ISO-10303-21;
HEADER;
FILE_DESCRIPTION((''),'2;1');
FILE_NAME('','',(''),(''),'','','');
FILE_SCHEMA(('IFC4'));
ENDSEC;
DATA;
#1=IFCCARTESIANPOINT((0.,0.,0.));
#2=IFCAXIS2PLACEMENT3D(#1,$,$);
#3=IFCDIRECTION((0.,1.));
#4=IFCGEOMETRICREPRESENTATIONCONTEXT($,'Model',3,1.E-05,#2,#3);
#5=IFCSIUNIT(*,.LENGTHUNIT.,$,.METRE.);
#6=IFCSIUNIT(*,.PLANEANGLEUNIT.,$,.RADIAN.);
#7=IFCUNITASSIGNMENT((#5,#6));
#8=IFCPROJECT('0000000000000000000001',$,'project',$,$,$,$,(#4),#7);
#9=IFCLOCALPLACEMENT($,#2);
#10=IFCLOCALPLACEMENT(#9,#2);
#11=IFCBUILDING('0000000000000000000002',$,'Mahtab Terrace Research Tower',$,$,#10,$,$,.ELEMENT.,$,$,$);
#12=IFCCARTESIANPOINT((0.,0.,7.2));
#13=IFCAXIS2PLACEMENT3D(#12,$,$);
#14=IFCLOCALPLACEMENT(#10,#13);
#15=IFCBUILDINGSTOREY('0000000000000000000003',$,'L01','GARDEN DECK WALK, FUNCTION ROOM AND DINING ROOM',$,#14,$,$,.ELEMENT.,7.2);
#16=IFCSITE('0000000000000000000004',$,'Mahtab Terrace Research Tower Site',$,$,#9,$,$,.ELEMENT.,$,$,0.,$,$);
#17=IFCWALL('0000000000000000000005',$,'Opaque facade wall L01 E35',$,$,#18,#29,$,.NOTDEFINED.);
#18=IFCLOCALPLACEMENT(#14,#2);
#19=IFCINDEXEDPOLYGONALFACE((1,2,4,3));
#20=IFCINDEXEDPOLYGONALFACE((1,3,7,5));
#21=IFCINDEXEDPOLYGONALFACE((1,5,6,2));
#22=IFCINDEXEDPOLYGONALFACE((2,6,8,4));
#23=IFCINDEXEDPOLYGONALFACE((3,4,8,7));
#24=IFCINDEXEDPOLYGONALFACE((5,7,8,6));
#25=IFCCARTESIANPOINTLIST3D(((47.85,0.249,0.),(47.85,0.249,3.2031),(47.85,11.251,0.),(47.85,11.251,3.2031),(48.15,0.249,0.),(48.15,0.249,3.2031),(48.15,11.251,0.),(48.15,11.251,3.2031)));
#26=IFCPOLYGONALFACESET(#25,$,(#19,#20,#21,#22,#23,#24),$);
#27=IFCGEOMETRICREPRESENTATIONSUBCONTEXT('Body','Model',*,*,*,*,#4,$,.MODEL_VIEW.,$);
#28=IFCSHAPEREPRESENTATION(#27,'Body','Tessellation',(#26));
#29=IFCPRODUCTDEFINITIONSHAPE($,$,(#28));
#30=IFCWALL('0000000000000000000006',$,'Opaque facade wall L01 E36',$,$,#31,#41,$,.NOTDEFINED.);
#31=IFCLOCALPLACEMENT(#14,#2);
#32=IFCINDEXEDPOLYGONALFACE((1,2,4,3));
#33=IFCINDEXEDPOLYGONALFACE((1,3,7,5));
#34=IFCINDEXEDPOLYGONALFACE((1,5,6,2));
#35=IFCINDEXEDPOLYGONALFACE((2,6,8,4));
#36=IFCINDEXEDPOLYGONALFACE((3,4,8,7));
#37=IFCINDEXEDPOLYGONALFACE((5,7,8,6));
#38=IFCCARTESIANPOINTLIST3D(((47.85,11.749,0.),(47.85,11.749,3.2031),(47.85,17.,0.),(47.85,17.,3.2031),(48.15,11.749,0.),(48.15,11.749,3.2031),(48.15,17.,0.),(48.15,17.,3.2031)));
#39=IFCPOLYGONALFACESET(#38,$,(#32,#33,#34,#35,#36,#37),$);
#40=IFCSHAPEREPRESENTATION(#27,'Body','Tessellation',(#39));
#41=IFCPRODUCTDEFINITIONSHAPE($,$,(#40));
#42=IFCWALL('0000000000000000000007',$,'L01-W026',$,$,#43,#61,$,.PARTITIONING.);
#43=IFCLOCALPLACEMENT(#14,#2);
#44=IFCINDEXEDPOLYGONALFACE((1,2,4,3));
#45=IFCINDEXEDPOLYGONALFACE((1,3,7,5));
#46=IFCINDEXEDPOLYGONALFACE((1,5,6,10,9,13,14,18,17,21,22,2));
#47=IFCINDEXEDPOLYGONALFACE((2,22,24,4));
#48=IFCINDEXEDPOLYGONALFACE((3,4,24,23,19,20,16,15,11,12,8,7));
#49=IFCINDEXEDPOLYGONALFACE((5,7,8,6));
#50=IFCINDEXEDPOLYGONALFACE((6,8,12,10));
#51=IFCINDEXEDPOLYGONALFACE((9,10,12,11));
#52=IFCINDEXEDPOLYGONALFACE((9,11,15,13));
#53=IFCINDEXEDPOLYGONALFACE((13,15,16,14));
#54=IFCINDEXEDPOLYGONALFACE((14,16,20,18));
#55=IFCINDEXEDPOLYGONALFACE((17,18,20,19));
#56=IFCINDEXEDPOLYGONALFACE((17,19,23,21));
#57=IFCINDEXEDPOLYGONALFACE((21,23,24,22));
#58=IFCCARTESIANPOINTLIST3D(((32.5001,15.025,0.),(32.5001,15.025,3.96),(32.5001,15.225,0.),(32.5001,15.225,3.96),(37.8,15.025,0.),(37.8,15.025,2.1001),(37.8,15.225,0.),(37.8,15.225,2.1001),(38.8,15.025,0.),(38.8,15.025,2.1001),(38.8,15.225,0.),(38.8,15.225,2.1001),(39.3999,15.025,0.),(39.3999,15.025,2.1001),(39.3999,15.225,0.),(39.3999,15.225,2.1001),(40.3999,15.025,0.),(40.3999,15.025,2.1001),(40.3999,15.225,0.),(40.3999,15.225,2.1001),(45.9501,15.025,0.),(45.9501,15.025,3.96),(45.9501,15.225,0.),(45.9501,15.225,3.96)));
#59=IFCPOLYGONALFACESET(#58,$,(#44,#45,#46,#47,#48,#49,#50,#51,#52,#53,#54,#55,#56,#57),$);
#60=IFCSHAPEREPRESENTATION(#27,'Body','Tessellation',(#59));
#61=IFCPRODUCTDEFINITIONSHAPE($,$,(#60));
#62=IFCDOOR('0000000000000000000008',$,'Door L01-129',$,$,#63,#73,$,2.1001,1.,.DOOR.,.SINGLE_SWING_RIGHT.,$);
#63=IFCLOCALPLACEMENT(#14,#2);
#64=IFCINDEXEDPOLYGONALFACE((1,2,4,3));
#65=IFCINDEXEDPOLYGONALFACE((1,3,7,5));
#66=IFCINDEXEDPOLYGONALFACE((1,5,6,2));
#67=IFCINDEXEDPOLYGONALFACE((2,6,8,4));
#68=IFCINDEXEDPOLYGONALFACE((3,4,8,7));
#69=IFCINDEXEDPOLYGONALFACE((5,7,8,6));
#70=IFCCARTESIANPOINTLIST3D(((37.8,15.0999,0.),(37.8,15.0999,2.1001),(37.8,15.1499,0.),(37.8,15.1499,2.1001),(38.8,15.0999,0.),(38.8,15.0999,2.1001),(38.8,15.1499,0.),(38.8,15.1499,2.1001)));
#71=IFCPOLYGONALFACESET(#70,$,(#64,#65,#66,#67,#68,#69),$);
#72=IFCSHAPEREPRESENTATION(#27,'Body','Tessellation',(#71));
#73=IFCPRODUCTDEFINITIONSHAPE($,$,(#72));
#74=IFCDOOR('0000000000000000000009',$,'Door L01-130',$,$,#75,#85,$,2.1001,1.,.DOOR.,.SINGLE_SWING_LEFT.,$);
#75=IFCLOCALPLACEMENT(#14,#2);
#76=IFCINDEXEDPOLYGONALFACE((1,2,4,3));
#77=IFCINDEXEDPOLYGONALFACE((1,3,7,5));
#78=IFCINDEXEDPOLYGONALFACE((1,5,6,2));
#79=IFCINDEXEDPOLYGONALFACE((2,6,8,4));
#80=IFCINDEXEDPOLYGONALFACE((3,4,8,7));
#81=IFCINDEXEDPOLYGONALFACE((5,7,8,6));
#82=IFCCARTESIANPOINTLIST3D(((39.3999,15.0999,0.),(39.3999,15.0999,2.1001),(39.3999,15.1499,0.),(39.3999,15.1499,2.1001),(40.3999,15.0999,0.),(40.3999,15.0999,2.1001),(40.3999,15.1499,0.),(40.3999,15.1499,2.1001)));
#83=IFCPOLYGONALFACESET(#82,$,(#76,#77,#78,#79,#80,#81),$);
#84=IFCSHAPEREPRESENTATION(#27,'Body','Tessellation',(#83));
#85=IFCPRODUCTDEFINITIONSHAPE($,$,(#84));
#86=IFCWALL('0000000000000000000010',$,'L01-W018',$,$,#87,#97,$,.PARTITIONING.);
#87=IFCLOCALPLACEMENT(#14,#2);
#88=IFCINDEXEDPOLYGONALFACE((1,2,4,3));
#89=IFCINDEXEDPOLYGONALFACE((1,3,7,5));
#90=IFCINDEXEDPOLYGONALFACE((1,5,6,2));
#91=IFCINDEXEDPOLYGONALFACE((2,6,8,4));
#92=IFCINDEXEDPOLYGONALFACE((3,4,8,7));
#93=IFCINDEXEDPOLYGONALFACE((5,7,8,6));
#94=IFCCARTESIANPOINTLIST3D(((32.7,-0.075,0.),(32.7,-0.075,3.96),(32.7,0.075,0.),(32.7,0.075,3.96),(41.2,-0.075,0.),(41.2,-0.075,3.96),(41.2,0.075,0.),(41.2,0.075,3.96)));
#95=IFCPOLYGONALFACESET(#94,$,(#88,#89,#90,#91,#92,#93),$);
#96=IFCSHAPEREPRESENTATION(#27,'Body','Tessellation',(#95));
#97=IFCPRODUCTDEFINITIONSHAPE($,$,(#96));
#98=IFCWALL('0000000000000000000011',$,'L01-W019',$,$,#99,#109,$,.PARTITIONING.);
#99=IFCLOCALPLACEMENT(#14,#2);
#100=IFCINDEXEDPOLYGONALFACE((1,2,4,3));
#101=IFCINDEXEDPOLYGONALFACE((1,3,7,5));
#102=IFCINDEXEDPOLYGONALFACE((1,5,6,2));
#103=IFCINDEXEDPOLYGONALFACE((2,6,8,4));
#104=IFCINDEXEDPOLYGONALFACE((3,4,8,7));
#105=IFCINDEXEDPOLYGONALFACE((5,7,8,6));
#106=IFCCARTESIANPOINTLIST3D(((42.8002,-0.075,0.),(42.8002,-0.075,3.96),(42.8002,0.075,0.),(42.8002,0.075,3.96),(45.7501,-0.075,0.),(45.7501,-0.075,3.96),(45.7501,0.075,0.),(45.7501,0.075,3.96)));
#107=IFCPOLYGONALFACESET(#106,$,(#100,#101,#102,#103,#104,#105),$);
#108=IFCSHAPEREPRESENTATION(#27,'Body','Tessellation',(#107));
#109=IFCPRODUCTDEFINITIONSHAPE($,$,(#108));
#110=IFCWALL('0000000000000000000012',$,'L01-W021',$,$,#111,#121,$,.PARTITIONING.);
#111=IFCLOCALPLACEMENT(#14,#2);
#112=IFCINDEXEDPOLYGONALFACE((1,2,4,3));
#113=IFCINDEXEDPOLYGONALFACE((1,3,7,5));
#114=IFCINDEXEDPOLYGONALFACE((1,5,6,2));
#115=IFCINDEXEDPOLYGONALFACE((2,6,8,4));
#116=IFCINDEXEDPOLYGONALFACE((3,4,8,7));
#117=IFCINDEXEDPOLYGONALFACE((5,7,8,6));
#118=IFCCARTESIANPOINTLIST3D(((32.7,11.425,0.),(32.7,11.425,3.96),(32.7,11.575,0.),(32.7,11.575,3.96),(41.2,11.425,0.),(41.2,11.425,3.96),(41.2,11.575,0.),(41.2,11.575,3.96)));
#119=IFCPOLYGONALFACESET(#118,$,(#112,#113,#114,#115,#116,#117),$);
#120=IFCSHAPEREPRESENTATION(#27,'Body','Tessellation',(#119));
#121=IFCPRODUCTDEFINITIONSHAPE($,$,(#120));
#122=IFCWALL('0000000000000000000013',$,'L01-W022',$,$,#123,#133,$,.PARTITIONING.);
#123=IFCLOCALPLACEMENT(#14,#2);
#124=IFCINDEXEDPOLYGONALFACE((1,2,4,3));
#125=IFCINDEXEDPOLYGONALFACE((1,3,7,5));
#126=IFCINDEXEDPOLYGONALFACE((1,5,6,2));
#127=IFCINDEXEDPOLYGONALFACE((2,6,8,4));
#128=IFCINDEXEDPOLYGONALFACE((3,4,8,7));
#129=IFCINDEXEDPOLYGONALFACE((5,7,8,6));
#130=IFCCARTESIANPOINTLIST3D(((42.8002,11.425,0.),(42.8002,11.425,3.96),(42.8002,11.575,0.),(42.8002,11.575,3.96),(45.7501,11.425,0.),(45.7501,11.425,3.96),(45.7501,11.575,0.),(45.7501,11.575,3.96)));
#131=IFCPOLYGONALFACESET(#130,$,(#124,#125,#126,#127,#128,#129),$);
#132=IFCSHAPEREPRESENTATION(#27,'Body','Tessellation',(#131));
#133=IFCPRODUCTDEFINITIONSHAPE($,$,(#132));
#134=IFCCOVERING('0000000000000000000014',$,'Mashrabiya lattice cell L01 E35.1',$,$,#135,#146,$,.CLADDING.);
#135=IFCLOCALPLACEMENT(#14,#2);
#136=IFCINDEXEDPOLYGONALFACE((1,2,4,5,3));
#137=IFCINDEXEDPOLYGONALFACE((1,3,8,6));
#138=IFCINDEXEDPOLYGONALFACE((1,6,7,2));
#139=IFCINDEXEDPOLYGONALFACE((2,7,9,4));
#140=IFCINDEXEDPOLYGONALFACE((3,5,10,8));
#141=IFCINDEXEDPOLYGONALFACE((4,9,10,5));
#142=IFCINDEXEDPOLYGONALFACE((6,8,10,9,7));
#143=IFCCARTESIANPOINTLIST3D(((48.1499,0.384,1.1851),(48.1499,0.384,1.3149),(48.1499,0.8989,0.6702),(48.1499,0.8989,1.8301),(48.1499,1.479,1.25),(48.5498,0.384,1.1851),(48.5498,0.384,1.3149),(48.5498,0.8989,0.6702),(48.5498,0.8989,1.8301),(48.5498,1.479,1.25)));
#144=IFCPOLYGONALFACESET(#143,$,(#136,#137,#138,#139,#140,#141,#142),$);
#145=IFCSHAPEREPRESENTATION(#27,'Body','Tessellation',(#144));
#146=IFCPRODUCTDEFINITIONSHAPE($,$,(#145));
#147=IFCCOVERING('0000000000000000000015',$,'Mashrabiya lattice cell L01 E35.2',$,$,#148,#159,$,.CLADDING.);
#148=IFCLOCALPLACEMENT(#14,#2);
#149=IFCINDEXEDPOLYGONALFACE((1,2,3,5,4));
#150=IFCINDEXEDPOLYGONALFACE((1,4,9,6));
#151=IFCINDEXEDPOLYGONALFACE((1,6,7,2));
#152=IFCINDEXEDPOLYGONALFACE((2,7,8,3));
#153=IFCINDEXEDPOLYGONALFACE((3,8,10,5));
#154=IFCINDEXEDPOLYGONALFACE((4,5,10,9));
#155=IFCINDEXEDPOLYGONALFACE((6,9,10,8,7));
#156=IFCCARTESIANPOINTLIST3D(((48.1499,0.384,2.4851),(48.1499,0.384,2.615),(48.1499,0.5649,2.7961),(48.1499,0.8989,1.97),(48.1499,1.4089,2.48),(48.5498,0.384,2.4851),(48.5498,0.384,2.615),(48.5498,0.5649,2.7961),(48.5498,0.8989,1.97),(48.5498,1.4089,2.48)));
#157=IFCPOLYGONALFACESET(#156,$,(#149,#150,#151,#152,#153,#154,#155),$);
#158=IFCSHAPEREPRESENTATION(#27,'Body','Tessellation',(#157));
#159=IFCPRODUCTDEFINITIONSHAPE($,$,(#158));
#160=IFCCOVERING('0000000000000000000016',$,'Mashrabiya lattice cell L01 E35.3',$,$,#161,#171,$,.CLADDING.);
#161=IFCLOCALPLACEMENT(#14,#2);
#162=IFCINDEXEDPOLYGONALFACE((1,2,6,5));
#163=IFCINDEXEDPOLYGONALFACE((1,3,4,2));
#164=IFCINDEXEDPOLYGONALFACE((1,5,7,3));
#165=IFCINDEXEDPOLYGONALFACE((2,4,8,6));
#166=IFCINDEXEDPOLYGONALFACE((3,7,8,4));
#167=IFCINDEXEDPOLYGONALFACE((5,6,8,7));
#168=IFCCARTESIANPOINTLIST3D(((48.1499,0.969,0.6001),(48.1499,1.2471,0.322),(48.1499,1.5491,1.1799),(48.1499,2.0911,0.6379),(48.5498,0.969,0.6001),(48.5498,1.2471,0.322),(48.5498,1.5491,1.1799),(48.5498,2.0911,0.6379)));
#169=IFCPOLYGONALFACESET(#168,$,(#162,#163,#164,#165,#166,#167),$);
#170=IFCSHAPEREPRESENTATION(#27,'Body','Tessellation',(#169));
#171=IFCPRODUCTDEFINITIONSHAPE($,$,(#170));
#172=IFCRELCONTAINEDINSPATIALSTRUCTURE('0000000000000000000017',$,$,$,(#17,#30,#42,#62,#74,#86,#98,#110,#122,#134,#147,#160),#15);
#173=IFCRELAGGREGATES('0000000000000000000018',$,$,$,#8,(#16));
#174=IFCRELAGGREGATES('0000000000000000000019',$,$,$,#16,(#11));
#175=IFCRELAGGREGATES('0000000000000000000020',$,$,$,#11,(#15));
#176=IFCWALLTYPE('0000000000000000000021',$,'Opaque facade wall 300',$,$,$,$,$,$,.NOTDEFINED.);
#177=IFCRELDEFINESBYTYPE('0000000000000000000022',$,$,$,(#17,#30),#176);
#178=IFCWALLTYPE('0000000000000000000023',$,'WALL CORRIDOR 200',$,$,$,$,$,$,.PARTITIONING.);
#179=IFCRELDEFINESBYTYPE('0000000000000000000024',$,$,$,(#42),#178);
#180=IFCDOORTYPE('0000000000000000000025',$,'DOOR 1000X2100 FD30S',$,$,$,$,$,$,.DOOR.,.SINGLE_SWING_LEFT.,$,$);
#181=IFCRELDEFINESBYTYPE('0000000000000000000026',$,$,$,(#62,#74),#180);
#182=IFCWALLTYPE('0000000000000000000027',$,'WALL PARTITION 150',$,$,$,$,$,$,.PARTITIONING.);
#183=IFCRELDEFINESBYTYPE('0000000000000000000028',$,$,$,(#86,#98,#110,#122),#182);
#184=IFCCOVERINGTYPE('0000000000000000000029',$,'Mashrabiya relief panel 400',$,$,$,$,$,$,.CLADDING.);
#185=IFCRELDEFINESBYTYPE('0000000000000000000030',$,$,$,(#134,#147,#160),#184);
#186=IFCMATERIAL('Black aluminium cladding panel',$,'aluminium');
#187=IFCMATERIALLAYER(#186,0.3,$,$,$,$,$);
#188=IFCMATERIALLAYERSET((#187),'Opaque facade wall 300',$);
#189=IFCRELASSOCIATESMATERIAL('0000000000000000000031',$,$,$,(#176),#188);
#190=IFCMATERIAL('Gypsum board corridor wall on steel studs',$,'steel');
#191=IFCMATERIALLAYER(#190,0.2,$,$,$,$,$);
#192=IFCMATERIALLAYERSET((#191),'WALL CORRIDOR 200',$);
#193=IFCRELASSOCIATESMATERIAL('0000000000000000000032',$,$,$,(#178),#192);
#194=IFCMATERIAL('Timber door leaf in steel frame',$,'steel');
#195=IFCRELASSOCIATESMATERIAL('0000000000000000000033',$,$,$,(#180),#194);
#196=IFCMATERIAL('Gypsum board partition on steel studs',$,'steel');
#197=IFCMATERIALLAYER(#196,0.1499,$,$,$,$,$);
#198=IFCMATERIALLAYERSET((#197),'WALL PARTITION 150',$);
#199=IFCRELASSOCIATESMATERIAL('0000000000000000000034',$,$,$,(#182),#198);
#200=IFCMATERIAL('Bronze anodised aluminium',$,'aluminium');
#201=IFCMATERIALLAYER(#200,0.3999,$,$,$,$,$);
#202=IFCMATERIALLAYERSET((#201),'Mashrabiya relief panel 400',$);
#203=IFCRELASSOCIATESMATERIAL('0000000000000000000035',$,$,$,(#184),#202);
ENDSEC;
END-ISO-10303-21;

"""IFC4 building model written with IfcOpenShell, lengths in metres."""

from ifc_helpers import new_model, si_unit, direction, frame, frame_2d, origin, place, context, subcontext, project, spatial, polyline, rectangle, outline, extrude, material, layer, layer_set, type_object, element, fill, save


model = new_model("IFC4")

# Units and contexts
model_context = context("Model", 3, precision=1e-05, world=origin(), true_north=direction((0.0, 1.0)))
body_context = subcontext(model_context, "Body", "Model", "MODEL_VIEW")
ifc_project = project(units=[si_unit("LENGTHUNIT", "METRE"), si_unit("PLANEANGLEUNIT", "RADIAN")], contexts=[model_context])

# Site, building, storey
site_placement = place(None, origin())
site = spatial("IfcSite", under=ifc_project, at=site_placement, Name="Mahtab Terrace Research Tower Site", CompositionType="ELEMENT", RefElevation=0.0)
building_placement = place(site_placement, origin())
building = spatial("IfcBuilding", under=site, at=building_placement, Name="Mahtab Terrace Research Tower", CompositionType="ELEMENT")
storey_placement = place(building_placement, frame((0.0, 0.0, 7.2)))
storey = spatial("IfcBuildingStorey", under=building, at=storey_placement, Name="L01", Description="GARDEN DECK WALK, FUNCTION ROOM AND DINING ROOM", CompositionType="ELEMENT", Elevation=7.2)

# Walls
ifc_material_1 = material(Name="Black aluminium cladding panel", Category="aluminium")
ifc_layer_1 = layer(ifc_material_1, 0.3)
ifc_layer_set_1 = layer_set([ifc_layer_1], Name="Opaque facade wall 300")
wall_type_1 = type_object("IfcWallType", Name="Opaque facade wall 300", PredefinedType="NOTDEFINED", material=ifc_layer_set_1)
wall_1_placement = place(storey_placement, frame((48.0, 0.249, 0.0), z_axis=(0.0, 0.0, 1.0), x_axis=(0.0, 1.0, 0.0)))
element("IfcWall", 1, at=wall_1_placement, inside=storey, type_object=wall_type_1, Name="Opaque facade wall L01 E35", PredefinedType="NOTDEFINED", context=body_context, shape_type="SweptSolid", body=[
    extrude(rectangle(XDim=11.002, YDim=0.3, at=frame_2d((5.501, 0.0))), origin(), (0.0, 0.0, 1.0), 3.2031),
])
wall_2_placement = place(storey_placement, frame((48.0, 11.749, 0.0), z_axis=(0.0, 0.0, 1.0), x_axis=(0.0, 1.0, 0.0)))
element("IfcWall", 2, at=wall_2_placement, inside=storey, type_object=wall_type_1, Name="Opaque facade wall L01 E36", PredefinedType="NOTDEFINED", context=body_context, shape_type="SweptSolid", body=[
    extrude(rectangle(XDim=5.251, YDim=0.3, at=frame_2d((2.6255, 0.0))), origin(), (0.0, 0.0, 1.0), 3.2031),
])

# Wall, openings, doors
ifc_material_2 = material(Name="Gypsum board corridor wall on steel studs", Category="steel")
ifc_layer_2 = layer(ifc_material_2, 0.2)
ifc_layer_set_2 = layer_set([ifc_layer_2], Name="WALL CORRIDOR 200")
wall_type_2 = type_object("IfcWallType", Name="WALL CORRIDOR 200", PredefinedType="PARTITIONING", material=ifc_layer_set_2)
wall_3_placement = place(storey_placement, frame((32.5, 15.125, 0.0), z_axis=(0.0, 0.0, 1.0), x_axis=(1.0, 0.0, 0.0)))
wall_3 = element("IfcWall", 3, at=wall_3_placement, inside=storey, type_object=wall_type_2, Name="L01-W026", PredefinedType="PARTITIONING", context=body_context, shape_type="SweptSolid", body=[
    extrude(rectangle(XDim=13.45, YDim=0.2, at=frame_2d((6.7251, 0.0))), origin(), (0.0, 0.0, 1.0), 3.96),
])
opening_1_placement = place(wall_3_placement, frame((5.3, 0.0, 0.0)))
opening_1 = element("IfcOpeningElement", 4, at=opening_1_placement, cuts=wall_3, PredefinedType="OPENING", context=body_context, shape_type="SweptSolid", body=[
    extrude(rectangle(XDim=1.0, YDim=2.1001, at=frame_2d((0.5, 1.05))), frame((0.0, 0.1099, 0.0), z_axis=(0.0, -1.0, 0.0), x_axis=(1.0, 0.0, 0.0)), (0.0, 0.0, 1.0), 0.22),
])
opening_2_placement = place(wall_3_placement, frame((6.8999, 0.0, 0.0)))
opening_2 = element("IfcOpeningElement", 5, at=opening_2_placement, cuts=wall_3, PredefinedType="OPENING", context=body_context, shape_type="SweptSolid", body=[
    extrude(rectangle(XDim=1.0, YDim=2.1001, at=frame_2d((0.5, 1.05))), frame((0.0, 0.1099, 0.0), z_axis=(0.0, -1.0, 0.0), x_axis=(1.0, 0.0, 0.0)), (0.0, 0.0, 1.0), 0.22),
])
ifc_material_3 = material(Name="Timber door leaf in steel frame", Category="steel")
door_type = type_object("IfcDoorType", Name="DOOR 1000X2100 FD30S", OperationType="SINGLE_SWING_LEFT", PredefinedType="DOOR", material=ifc_material_3)
door_1_placement = place(opening_1_placement, origin())
door_1 = element("IfcDoor", 6, at=door_1_placement, inside=storey, type_object=door_type, Name="Door L01-129", OperationType="SINGLE_SWING_RIGHT", OverallHeight=2.1001, OverallWidth=1.0, PredefinedType="DOOR", context=body_context, shape_type="SweptSolid", body=[
    extrude(rectangle(XDim=1.0, YDim=2.1001, at=frame_2d((0.5, 1.05))), frame((0.0, 0.0249, 0.0), z_axis=(0.0, -1.0, 0.0), x_axis=(1.0, 0.0, 0.0)), (0.0, 0.0, 1.0), 0.05),
])
fill(opening_1, door_1)
door_2_placement = place(opening_2_placement, origin())
door_2 = element("IfcDoor", 7, at=door_2_placement, inside=storey, type_object=door_type, Name="Door L01-130", OperationType="SINGLE_SWING_LEFT", OverallHeight=2.1001, OverallWidth=1.0, PredefinedType="DOOR", context=body_context, shape_type="SweptSolid", body=[
    extrude(rectangle(XDim=1.0, YDim=2.1001, at=frame_2d((0.5, 1.05))), frame((0.0, 0.0249, 0.0), z_axis=(0.0, -1.0, 0.0), x_axis=(1.0, 0.0, 0.0)), (0.0, 0.0, 1.0), 0.05),
])
fill(opening_2, door_2)

# Walls
ifc_material_4 = material(Name="Gypsum board partition on steel studs", Category="steel")
ifc_layer_3 = layer(ifc_material_4, 0.1499)
ifc_layer_set_3 = layer_set([ifc_layer_3], Name="WALL PARTITION 150")
wall_type_3 = type_object("IfcWallType", Name="WALL PARTITION 150", PredefinedType="PARTITIONING", material=ifc_layer_set_3)
wall_4_placement = place(storey_placement, frame((32.7, 0.0, 0.0), z_axis=(0.0, 0.0, 1.0), x_axis=(1.0, 0.0, 0.0)))
element("IfcWall", 8, at=wall_4_placement, inside=storey, type_object=wall_type_3, Name="L01-W018", PredefinedType="PARTITIONING", context=body_context, shape_type="SweptSolid", body=[
    extrude(rectangle(XDim=8.5, YDim=0.1499, at=frame_2d((4.25, 0.0))), origin(), (0.0, 0.0, 1.0), 3.96),
])
wall_5_placement = place(storey_placement, frame((42.8, 0.0, 0.0), z_axis=(0.0, 0.0, 1.0), x_axis=(1.0, 0.0, 0.0)))
element("IfcWall", 9, at=wall_5_placement, inside=storey, type_object=wall_type_3, Name="L01-W019", PredefinedType="PARTITIONING", context=body_context, shape_type="SweptSolid", body=[
    extrude(rectangle(XDim=2.95, YDim=0.1499, at=frame_2d((1.4751, 0.0))), origin(), (0.0, 0.0, 1.0), 3.96),
])
wall_6_placement = place(storey_placement, frame((32.7, 11.5, 0.0), z_axis=(0.0, 0.0, 1.0), x_axis=(1.0, 0.0, 0.0)))
element("IfcWall", 10, at=wall_6_placement, inside=storey, type_object=wall_type_3, Name="L01-W021", PredefinedType="PARTITIONING", context=body_context, shape_type="SweptSolid", body=[
    extrude(rectangle(XDim=8.5, YDim=0.1499, at=frame_2d((4.25, 0.0))), origin(), (0.0, 0.0, 1.0), 3.96),
])
wall_7_placement = place(storey_placement, frame((42.8, 11.5, 0.0), z_axis=(0.0, 0.0, 1.0), x_axis=(1.0, 0.0, 0.0)))
element("IfcWall", 11, at=wall_7_placement, inside=storey, type_object=wall_type_3, Name="L01-W022", PredefinedType="PARTITIONING", context=body_context, shape_type="SweptSolid", body=[
    extrude(rectangle(XDim=2.95, YDim=0.1499, at=frame_2d((1.4751, 0.0))), origin(), (0.0, 0.0, 1.0), 3.96),
])

# Coverings
ifc_material_5 = material(Name="Bronze anodised aluminium", Category="aluminium")
ifc_layer_4 = layer(ifc_material_5, 0.3999)
ifc_layer_set_4 = layer_set([ifc_layer_4], Name="Mashrabiya relief panel 400")
covering_type = type_object("IfcCoveringType", Name="Mashrabiya relief panel 400", PredefinedType="CLADDING", material=ifc_layer_set_4)
covering_1_placement = place(storey_placement, frame((48.1499, 0.8989, 1.8301), z_axis=(-1.0, 0.0, 0.0), x_axis=(0.0, 0.707107, -0.707107)))
element("IfcCovering", 12, at=covering_1_placement, inside=storey, type_object=covering_type, Name="Mashrabiya lattice cell L01 E35.1", PredefinedType="CLADDING", context=body_context, shape_type="SweptSolid", body=[
    extrude(outline(polyline([(0.0, 0.0), (0.8204, 0.0), (0.8202, 0.8202), (0.092, 0.8202), (0.0002, 0.7283), (0.0, 0.0)])), origin(), (0.0, 0.0, -1.0), 0.3999),
])
covering_2_placement = place(storey_placement, frame((48.1499, 0.8989, 1.97), z_axis=(-1.0, 0.0, 0.0), x_axis=(0.0, -0.706939, 0.707274)))
element("IfcCovering", 13, at=covering_2_placement, inside=storey, type_object=covering_type, Name="Mashrabiya lattice cell L01 E35.2", PredefinedType="CLADDING", context=body_context, shape_type="SweptSolid", body=[
    extrude(outline(polyline([(0.0, 0.0), (0.7283, 0.0), (0.8202, 0.0918), (0.8204, 0.3478), (0.0002, 0.7213), (0.0, 0.0)])), origin(), (0.0, 0.0, -1.0), 0.3999),
])
covering_3_placement = place(storey_placement, frame((48.1499, 0.969, 0.6001), z_axis=(-1.0, 0.0, 0.0), x_axis=(0.0, 0.707256, 0.706958)))
element("IfcCovering", 14, at=covering_3_placement, inside=storey, type_object=covering_type, Name="Mashrabiya lattice cell L01 E35.3", PredefinedType="CLADDING", context=body_context, shape_type="SweptSolid", body=[
    extrude(outline(polyline([(0.0, 0.0), (0.8202, 0.0), (0.8203, 0.7665), (0.0001, 0.3933), (0.0, 0.0)])), origin(), (0.0, 0.0, -1.0), 0.3999),
])

save(model, "model.ifc")
